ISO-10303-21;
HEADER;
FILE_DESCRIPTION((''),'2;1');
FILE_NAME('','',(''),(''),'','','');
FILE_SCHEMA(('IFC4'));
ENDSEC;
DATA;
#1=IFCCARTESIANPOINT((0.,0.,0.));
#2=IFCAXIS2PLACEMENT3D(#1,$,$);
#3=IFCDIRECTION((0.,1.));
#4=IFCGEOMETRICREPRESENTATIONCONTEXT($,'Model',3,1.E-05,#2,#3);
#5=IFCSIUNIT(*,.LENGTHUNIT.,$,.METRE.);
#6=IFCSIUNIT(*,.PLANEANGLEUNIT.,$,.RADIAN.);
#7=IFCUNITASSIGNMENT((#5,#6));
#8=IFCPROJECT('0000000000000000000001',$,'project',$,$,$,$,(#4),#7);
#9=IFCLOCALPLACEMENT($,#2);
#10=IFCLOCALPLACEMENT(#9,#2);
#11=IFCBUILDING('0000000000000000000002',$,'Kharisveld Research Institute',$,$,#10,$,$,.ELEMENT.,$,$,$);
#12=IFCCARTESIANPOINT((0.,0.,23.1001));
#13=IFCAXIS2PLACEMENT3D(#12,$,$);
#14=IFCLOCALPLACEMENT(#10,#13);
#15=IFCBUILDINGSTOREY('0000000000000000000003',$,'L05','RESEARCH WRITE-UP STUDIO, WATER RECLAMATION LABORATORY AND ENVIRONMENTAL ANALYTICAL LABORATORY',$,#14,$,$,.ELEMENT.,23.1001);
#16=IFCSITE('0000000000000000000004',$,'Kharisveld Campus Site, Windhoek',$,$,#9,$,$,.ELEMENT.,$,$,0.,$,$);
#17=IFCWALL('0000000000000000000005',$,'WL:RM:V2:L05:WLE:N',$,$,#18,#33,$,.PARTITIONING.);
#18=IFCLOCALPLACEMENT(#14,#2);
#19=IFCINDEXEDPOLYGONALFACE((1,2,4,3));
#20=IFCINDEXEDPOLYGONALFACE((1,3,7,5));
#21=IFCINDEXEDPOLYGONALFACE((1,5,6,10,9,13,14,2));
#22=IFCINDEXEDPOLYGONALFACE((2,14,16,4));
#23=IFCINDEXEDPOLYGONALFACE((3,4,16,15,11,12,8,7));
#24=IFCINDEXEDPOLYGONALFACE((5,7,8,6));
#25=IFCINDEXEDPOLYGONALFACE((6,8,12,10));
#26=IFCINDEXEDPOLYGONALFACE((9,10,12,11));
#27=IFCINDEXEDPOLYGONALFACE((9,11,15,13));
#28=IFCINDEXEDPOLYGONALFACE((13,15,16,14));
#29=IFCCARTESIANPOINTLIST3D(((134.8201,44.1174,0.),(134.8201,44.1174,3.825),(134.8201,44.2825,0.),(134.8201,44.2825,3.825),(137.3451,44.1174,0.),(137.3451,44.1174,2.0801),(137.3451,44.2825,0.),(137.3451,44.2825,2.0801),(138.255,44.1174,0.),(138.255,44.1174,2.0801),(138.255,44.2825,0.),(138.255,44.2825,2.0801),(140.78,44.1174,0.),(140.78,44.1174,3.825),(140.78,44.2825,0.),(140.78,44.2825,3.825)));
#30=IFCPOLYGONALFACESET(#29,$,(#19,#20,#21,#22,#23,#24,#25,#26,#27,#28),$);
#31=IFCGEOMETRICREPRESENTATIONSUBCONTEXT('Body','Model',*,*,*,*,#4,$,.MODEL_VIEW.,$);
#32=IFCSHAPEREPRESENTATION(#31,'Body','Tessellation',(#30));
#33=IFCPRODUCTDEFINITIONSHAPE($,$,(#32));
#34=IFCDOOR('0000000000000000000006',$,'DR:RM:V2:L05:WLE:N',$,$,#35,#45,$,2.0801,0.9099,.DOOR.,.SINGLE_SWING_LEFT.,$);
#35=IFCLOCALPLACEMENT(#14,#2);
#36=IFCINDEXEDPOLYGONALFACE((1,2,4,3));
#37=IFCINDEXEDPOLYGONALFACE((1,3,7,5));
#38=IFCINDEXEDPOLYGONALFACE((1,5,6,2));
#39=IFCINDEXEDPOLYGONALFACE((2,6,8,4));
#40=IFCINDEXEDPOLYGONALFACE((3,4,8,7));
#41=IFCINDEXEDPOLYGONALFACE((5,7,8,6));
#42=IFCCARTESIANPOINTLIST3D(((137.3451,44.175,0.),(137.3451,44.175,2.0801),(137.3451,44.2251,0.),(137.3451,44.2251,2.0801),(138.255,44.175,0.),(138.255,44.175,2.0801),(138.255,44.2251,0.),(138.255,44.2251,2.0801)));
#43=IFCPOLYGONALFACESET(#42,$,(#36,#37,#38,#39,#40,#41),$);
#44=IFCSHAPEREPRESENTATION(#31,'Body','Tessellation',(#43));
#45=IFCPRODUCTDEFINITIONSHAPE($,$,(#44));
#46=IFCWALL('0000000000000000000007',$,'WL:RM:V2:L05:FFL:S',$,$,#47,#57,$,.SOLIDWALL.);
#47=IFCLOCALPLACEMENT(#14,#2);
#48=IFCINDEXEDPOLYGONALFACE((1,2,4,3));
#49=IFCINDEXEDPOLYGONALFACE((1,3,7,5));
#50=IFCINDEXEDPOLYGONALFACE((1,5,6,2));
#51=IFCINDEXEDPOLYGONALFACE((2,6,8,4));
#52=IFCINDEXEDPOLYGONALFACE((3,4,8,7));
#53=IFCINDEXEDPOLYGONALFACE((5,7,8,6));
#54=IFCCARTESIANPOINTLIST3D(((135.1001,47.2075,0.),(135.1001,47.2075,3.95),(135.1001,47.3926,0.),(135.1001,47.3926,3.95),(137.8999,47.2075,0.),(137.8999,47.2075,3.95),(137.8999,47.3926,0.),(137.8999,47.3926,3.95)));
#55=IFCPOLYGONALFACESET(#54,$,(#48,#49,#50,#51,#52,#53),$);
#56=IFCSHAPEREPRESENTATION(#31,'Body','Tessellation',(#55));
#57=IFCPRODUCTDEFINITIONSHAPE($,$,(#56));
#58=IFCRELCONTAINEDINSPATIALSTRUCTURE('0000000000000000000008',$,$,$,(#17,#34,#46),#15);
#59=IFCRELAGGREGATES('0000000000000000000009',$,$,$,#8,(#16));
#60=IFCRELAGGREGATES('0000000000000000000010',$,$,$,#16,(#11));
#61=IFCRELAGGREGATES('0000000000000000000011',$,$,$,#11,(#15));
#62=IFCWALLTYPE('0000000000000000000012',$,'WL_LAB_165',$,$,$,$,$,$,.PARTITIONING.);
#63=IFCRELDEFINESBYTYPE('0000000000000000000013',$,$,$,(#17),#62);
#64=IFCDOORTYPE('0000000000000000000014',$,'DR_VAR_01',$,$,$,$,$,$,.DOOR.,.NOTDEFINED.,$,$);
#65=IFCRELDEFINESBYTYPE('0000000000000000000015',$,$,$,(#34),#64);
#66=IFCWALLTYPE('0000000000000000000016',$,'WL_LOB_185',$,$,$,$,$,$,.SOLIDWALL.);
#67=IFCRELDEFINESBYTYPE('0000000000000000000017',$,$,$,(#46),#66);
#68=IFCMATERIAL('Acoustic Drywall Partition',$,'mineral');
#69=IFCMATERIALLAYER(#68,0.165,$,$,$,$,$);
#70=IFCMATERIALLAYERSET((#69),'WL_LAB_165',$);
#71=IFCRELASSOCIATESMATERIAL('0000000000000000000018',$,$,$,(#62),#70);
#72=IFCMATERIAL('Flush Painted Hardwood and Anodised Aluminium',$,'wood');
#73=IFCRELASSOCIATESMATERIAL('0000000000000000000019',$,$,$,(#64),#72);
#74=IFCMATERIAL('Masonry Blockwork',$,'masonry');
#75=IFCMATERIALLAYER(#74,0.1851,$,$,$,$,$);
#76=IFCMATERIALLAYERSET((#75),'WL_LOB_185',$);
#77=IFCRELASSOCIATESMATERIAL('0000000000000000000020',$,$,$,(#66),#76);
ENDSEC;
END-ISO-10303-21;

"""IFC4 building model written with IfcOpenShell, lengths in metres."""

from ifc_helpers import new_model, si_unit, direction, frame, frame_2d, origin, place, context, subcontext, project, spatial, rectangle, extrude, material, layer, layer_set, type_object, element, fill, save


model = new_model("IFC4")

# Units and contexts
model_context = context("Model", 3, precision=1e-05, world=origin(), true_north=direction((0.0, 1.0)))
body_context = subcontext(model_context, "Body", "Model", "MODEL_VIEW")
ifc_project = project(units=[si_unit("LENGTHUNIT", "METRE"), si_unit("PLANEANGLEUNIT", "RADIAN")], contexts=[model_context])

# Site, building, storey
site_placement = place(None, origin())
site = spatial("IfcSite", under=ifc_project, at=site_placement, Name="Kharisveld Campus Site, Windhoek", CompositionType="ELEMENT", RefElevation=0.0)
building_placement = place(site_placement, origin())
building = spatial("IfcBuilding", under=site, at=building_placement, Name="Kharisveld Research Institute", CompositionType="ELEMENT")
storey_placement = place(building_placement, frame((0.0, 0.0, 23.1001)))
storey = spatial("IfcBuildingStorey", under=building, at=storey_placement, Name="L05", Description="RESEARCH WRITE-UP STUDIO, WATER RECLAMATION LABORATORY AND ENVIRONMENTAL ANALYTICAL LABORATORY", CompositionType="ELEMENT", Elevation=23.1001)

# Wall, opening, door
ifc_material_1 = material(Name="Acoustic Drywall Partition", Category="mineral")
ifc_layer_1 = layer(ifc_material_1, 0.165)
ifc_layer_set_1 = layer_set([ifc_layer_1], Name="WL_LAB_165")
wall_type_1 = type_object("IfcWallType", Name="WL_LAB_165", PredefinedType="PARTITIONING", material=ifc_layer_set_1)
wall_1_placement = place(storey_placement, frame((140.78, 44.2, 0.0), z_axis=(0.0, 0.0, 1.0), x_axis=(-1.0, 0.0, 0.0)))
wall_1 = element("IfcWall", 1, at=wall_1_placement, inside=storey, type_object=wall_type_1, Name="WL:RM:V2:L05:WLE:N", PredefinedType="PARTITIONING", context=body_context, shape_type="SweptSolid", body=[
    extrude(rectangle(XDim=5.96, YDim=0.165, at=frame_2d((2.98, 0.0))), origin(), (0.0, 0.0, 1.0), 3.825),
])
opening_1_placement = place(wall_1_placement, frame((2.5249, 0.0, 0.0)))
opening_1 = element("IfcOpeningElement", 2, at=opening_1_placement, cuts=wall_1, PredefinedType="OPENING", context=body_context, shape_type="SweptSolid", body=[
    extrude(rectangle(XDim=0.9099, YDim=2.0801, at=frame_2d((0.4551, 1.04))), frame((0.0, 0.0825, 0.0), z_axis=(0.0, -1.0, 0.0), x_axis=(1.0, 0.0, 0.0)), (0.0, 0.0, 1.0), 0.165),
])
ifc_material_2 = material(Name="Flush Painted Hardwood and Anodised Aluminium", Category="wood")
door_type_1 = type_object("IfcDoorType", Name="DR_VAR_01", OperationType="NOTDEFINED", PredefinedType="DOOR", material=ifc_material_2)
door_1_placement = place(opening_1_placement, origin())
door_1 = element("IfcDoor", 3, at=door_1_placement, inside=storey, type_object=door_type_1, Name="DR:RM:V2:L05:WLE:N", OperationType="SINGLE_SWING_LEFT", OverallHeight=2.0801, OverallWidth=0.9099, PredefinedType="DOOR", context=body_context, shape_type="SweptSolid", body=[
    extrude(rectangle(XDim=0.9099, YDim=2.0801, at=frame_2d((0.4551, 1.04))), frame((0.0, 0.0249, 0.0), z_axis=(0.0, -1.0, 0.0), x_axis=(1.0, 0.0, 0.0)), (0.0, 0.0, 1.0), 0.05),
])
fill(opening_1, door_1)

# Wall
ifc_material_3 = material(Name="Masonry Blockwork", Category="masonry")
ifc_layer_2 = layer(ifc_material_3, 0.1851)
ifc_layer_set_2 = layer_set([ifc_layer_2], Name="WL_LOB_185")
wall_type_2 = type_object("IfcWallType", Name="WL_LOB_185", PredefinedType="SOLIDWALL", material=ifc_layer_set_2)
wall_2_placement = place(storey_placement, frame((135.1001, 47.3, 0.0), z_axis=(0.0, 0.0, 1.0), x_axis=(1.0, 0.0, 0.0)))
element("IfcWall", 4, at=wall_2_placement, inside=storey, type_object=wall_type_2, Name="WL:RM:V2:L05:FFL:S", PredefinedType="SOLIDWALL", context=body_context, shape_type="SweptSolid", body=[
    extrude(rectangle(XDim=2.7998, YDim=0.1851, at=frame_2d((1.3999, 0.0))), origin(), (0.0, 0.0, 1.0), 3.95),
])

save(model, "model.ifc")
